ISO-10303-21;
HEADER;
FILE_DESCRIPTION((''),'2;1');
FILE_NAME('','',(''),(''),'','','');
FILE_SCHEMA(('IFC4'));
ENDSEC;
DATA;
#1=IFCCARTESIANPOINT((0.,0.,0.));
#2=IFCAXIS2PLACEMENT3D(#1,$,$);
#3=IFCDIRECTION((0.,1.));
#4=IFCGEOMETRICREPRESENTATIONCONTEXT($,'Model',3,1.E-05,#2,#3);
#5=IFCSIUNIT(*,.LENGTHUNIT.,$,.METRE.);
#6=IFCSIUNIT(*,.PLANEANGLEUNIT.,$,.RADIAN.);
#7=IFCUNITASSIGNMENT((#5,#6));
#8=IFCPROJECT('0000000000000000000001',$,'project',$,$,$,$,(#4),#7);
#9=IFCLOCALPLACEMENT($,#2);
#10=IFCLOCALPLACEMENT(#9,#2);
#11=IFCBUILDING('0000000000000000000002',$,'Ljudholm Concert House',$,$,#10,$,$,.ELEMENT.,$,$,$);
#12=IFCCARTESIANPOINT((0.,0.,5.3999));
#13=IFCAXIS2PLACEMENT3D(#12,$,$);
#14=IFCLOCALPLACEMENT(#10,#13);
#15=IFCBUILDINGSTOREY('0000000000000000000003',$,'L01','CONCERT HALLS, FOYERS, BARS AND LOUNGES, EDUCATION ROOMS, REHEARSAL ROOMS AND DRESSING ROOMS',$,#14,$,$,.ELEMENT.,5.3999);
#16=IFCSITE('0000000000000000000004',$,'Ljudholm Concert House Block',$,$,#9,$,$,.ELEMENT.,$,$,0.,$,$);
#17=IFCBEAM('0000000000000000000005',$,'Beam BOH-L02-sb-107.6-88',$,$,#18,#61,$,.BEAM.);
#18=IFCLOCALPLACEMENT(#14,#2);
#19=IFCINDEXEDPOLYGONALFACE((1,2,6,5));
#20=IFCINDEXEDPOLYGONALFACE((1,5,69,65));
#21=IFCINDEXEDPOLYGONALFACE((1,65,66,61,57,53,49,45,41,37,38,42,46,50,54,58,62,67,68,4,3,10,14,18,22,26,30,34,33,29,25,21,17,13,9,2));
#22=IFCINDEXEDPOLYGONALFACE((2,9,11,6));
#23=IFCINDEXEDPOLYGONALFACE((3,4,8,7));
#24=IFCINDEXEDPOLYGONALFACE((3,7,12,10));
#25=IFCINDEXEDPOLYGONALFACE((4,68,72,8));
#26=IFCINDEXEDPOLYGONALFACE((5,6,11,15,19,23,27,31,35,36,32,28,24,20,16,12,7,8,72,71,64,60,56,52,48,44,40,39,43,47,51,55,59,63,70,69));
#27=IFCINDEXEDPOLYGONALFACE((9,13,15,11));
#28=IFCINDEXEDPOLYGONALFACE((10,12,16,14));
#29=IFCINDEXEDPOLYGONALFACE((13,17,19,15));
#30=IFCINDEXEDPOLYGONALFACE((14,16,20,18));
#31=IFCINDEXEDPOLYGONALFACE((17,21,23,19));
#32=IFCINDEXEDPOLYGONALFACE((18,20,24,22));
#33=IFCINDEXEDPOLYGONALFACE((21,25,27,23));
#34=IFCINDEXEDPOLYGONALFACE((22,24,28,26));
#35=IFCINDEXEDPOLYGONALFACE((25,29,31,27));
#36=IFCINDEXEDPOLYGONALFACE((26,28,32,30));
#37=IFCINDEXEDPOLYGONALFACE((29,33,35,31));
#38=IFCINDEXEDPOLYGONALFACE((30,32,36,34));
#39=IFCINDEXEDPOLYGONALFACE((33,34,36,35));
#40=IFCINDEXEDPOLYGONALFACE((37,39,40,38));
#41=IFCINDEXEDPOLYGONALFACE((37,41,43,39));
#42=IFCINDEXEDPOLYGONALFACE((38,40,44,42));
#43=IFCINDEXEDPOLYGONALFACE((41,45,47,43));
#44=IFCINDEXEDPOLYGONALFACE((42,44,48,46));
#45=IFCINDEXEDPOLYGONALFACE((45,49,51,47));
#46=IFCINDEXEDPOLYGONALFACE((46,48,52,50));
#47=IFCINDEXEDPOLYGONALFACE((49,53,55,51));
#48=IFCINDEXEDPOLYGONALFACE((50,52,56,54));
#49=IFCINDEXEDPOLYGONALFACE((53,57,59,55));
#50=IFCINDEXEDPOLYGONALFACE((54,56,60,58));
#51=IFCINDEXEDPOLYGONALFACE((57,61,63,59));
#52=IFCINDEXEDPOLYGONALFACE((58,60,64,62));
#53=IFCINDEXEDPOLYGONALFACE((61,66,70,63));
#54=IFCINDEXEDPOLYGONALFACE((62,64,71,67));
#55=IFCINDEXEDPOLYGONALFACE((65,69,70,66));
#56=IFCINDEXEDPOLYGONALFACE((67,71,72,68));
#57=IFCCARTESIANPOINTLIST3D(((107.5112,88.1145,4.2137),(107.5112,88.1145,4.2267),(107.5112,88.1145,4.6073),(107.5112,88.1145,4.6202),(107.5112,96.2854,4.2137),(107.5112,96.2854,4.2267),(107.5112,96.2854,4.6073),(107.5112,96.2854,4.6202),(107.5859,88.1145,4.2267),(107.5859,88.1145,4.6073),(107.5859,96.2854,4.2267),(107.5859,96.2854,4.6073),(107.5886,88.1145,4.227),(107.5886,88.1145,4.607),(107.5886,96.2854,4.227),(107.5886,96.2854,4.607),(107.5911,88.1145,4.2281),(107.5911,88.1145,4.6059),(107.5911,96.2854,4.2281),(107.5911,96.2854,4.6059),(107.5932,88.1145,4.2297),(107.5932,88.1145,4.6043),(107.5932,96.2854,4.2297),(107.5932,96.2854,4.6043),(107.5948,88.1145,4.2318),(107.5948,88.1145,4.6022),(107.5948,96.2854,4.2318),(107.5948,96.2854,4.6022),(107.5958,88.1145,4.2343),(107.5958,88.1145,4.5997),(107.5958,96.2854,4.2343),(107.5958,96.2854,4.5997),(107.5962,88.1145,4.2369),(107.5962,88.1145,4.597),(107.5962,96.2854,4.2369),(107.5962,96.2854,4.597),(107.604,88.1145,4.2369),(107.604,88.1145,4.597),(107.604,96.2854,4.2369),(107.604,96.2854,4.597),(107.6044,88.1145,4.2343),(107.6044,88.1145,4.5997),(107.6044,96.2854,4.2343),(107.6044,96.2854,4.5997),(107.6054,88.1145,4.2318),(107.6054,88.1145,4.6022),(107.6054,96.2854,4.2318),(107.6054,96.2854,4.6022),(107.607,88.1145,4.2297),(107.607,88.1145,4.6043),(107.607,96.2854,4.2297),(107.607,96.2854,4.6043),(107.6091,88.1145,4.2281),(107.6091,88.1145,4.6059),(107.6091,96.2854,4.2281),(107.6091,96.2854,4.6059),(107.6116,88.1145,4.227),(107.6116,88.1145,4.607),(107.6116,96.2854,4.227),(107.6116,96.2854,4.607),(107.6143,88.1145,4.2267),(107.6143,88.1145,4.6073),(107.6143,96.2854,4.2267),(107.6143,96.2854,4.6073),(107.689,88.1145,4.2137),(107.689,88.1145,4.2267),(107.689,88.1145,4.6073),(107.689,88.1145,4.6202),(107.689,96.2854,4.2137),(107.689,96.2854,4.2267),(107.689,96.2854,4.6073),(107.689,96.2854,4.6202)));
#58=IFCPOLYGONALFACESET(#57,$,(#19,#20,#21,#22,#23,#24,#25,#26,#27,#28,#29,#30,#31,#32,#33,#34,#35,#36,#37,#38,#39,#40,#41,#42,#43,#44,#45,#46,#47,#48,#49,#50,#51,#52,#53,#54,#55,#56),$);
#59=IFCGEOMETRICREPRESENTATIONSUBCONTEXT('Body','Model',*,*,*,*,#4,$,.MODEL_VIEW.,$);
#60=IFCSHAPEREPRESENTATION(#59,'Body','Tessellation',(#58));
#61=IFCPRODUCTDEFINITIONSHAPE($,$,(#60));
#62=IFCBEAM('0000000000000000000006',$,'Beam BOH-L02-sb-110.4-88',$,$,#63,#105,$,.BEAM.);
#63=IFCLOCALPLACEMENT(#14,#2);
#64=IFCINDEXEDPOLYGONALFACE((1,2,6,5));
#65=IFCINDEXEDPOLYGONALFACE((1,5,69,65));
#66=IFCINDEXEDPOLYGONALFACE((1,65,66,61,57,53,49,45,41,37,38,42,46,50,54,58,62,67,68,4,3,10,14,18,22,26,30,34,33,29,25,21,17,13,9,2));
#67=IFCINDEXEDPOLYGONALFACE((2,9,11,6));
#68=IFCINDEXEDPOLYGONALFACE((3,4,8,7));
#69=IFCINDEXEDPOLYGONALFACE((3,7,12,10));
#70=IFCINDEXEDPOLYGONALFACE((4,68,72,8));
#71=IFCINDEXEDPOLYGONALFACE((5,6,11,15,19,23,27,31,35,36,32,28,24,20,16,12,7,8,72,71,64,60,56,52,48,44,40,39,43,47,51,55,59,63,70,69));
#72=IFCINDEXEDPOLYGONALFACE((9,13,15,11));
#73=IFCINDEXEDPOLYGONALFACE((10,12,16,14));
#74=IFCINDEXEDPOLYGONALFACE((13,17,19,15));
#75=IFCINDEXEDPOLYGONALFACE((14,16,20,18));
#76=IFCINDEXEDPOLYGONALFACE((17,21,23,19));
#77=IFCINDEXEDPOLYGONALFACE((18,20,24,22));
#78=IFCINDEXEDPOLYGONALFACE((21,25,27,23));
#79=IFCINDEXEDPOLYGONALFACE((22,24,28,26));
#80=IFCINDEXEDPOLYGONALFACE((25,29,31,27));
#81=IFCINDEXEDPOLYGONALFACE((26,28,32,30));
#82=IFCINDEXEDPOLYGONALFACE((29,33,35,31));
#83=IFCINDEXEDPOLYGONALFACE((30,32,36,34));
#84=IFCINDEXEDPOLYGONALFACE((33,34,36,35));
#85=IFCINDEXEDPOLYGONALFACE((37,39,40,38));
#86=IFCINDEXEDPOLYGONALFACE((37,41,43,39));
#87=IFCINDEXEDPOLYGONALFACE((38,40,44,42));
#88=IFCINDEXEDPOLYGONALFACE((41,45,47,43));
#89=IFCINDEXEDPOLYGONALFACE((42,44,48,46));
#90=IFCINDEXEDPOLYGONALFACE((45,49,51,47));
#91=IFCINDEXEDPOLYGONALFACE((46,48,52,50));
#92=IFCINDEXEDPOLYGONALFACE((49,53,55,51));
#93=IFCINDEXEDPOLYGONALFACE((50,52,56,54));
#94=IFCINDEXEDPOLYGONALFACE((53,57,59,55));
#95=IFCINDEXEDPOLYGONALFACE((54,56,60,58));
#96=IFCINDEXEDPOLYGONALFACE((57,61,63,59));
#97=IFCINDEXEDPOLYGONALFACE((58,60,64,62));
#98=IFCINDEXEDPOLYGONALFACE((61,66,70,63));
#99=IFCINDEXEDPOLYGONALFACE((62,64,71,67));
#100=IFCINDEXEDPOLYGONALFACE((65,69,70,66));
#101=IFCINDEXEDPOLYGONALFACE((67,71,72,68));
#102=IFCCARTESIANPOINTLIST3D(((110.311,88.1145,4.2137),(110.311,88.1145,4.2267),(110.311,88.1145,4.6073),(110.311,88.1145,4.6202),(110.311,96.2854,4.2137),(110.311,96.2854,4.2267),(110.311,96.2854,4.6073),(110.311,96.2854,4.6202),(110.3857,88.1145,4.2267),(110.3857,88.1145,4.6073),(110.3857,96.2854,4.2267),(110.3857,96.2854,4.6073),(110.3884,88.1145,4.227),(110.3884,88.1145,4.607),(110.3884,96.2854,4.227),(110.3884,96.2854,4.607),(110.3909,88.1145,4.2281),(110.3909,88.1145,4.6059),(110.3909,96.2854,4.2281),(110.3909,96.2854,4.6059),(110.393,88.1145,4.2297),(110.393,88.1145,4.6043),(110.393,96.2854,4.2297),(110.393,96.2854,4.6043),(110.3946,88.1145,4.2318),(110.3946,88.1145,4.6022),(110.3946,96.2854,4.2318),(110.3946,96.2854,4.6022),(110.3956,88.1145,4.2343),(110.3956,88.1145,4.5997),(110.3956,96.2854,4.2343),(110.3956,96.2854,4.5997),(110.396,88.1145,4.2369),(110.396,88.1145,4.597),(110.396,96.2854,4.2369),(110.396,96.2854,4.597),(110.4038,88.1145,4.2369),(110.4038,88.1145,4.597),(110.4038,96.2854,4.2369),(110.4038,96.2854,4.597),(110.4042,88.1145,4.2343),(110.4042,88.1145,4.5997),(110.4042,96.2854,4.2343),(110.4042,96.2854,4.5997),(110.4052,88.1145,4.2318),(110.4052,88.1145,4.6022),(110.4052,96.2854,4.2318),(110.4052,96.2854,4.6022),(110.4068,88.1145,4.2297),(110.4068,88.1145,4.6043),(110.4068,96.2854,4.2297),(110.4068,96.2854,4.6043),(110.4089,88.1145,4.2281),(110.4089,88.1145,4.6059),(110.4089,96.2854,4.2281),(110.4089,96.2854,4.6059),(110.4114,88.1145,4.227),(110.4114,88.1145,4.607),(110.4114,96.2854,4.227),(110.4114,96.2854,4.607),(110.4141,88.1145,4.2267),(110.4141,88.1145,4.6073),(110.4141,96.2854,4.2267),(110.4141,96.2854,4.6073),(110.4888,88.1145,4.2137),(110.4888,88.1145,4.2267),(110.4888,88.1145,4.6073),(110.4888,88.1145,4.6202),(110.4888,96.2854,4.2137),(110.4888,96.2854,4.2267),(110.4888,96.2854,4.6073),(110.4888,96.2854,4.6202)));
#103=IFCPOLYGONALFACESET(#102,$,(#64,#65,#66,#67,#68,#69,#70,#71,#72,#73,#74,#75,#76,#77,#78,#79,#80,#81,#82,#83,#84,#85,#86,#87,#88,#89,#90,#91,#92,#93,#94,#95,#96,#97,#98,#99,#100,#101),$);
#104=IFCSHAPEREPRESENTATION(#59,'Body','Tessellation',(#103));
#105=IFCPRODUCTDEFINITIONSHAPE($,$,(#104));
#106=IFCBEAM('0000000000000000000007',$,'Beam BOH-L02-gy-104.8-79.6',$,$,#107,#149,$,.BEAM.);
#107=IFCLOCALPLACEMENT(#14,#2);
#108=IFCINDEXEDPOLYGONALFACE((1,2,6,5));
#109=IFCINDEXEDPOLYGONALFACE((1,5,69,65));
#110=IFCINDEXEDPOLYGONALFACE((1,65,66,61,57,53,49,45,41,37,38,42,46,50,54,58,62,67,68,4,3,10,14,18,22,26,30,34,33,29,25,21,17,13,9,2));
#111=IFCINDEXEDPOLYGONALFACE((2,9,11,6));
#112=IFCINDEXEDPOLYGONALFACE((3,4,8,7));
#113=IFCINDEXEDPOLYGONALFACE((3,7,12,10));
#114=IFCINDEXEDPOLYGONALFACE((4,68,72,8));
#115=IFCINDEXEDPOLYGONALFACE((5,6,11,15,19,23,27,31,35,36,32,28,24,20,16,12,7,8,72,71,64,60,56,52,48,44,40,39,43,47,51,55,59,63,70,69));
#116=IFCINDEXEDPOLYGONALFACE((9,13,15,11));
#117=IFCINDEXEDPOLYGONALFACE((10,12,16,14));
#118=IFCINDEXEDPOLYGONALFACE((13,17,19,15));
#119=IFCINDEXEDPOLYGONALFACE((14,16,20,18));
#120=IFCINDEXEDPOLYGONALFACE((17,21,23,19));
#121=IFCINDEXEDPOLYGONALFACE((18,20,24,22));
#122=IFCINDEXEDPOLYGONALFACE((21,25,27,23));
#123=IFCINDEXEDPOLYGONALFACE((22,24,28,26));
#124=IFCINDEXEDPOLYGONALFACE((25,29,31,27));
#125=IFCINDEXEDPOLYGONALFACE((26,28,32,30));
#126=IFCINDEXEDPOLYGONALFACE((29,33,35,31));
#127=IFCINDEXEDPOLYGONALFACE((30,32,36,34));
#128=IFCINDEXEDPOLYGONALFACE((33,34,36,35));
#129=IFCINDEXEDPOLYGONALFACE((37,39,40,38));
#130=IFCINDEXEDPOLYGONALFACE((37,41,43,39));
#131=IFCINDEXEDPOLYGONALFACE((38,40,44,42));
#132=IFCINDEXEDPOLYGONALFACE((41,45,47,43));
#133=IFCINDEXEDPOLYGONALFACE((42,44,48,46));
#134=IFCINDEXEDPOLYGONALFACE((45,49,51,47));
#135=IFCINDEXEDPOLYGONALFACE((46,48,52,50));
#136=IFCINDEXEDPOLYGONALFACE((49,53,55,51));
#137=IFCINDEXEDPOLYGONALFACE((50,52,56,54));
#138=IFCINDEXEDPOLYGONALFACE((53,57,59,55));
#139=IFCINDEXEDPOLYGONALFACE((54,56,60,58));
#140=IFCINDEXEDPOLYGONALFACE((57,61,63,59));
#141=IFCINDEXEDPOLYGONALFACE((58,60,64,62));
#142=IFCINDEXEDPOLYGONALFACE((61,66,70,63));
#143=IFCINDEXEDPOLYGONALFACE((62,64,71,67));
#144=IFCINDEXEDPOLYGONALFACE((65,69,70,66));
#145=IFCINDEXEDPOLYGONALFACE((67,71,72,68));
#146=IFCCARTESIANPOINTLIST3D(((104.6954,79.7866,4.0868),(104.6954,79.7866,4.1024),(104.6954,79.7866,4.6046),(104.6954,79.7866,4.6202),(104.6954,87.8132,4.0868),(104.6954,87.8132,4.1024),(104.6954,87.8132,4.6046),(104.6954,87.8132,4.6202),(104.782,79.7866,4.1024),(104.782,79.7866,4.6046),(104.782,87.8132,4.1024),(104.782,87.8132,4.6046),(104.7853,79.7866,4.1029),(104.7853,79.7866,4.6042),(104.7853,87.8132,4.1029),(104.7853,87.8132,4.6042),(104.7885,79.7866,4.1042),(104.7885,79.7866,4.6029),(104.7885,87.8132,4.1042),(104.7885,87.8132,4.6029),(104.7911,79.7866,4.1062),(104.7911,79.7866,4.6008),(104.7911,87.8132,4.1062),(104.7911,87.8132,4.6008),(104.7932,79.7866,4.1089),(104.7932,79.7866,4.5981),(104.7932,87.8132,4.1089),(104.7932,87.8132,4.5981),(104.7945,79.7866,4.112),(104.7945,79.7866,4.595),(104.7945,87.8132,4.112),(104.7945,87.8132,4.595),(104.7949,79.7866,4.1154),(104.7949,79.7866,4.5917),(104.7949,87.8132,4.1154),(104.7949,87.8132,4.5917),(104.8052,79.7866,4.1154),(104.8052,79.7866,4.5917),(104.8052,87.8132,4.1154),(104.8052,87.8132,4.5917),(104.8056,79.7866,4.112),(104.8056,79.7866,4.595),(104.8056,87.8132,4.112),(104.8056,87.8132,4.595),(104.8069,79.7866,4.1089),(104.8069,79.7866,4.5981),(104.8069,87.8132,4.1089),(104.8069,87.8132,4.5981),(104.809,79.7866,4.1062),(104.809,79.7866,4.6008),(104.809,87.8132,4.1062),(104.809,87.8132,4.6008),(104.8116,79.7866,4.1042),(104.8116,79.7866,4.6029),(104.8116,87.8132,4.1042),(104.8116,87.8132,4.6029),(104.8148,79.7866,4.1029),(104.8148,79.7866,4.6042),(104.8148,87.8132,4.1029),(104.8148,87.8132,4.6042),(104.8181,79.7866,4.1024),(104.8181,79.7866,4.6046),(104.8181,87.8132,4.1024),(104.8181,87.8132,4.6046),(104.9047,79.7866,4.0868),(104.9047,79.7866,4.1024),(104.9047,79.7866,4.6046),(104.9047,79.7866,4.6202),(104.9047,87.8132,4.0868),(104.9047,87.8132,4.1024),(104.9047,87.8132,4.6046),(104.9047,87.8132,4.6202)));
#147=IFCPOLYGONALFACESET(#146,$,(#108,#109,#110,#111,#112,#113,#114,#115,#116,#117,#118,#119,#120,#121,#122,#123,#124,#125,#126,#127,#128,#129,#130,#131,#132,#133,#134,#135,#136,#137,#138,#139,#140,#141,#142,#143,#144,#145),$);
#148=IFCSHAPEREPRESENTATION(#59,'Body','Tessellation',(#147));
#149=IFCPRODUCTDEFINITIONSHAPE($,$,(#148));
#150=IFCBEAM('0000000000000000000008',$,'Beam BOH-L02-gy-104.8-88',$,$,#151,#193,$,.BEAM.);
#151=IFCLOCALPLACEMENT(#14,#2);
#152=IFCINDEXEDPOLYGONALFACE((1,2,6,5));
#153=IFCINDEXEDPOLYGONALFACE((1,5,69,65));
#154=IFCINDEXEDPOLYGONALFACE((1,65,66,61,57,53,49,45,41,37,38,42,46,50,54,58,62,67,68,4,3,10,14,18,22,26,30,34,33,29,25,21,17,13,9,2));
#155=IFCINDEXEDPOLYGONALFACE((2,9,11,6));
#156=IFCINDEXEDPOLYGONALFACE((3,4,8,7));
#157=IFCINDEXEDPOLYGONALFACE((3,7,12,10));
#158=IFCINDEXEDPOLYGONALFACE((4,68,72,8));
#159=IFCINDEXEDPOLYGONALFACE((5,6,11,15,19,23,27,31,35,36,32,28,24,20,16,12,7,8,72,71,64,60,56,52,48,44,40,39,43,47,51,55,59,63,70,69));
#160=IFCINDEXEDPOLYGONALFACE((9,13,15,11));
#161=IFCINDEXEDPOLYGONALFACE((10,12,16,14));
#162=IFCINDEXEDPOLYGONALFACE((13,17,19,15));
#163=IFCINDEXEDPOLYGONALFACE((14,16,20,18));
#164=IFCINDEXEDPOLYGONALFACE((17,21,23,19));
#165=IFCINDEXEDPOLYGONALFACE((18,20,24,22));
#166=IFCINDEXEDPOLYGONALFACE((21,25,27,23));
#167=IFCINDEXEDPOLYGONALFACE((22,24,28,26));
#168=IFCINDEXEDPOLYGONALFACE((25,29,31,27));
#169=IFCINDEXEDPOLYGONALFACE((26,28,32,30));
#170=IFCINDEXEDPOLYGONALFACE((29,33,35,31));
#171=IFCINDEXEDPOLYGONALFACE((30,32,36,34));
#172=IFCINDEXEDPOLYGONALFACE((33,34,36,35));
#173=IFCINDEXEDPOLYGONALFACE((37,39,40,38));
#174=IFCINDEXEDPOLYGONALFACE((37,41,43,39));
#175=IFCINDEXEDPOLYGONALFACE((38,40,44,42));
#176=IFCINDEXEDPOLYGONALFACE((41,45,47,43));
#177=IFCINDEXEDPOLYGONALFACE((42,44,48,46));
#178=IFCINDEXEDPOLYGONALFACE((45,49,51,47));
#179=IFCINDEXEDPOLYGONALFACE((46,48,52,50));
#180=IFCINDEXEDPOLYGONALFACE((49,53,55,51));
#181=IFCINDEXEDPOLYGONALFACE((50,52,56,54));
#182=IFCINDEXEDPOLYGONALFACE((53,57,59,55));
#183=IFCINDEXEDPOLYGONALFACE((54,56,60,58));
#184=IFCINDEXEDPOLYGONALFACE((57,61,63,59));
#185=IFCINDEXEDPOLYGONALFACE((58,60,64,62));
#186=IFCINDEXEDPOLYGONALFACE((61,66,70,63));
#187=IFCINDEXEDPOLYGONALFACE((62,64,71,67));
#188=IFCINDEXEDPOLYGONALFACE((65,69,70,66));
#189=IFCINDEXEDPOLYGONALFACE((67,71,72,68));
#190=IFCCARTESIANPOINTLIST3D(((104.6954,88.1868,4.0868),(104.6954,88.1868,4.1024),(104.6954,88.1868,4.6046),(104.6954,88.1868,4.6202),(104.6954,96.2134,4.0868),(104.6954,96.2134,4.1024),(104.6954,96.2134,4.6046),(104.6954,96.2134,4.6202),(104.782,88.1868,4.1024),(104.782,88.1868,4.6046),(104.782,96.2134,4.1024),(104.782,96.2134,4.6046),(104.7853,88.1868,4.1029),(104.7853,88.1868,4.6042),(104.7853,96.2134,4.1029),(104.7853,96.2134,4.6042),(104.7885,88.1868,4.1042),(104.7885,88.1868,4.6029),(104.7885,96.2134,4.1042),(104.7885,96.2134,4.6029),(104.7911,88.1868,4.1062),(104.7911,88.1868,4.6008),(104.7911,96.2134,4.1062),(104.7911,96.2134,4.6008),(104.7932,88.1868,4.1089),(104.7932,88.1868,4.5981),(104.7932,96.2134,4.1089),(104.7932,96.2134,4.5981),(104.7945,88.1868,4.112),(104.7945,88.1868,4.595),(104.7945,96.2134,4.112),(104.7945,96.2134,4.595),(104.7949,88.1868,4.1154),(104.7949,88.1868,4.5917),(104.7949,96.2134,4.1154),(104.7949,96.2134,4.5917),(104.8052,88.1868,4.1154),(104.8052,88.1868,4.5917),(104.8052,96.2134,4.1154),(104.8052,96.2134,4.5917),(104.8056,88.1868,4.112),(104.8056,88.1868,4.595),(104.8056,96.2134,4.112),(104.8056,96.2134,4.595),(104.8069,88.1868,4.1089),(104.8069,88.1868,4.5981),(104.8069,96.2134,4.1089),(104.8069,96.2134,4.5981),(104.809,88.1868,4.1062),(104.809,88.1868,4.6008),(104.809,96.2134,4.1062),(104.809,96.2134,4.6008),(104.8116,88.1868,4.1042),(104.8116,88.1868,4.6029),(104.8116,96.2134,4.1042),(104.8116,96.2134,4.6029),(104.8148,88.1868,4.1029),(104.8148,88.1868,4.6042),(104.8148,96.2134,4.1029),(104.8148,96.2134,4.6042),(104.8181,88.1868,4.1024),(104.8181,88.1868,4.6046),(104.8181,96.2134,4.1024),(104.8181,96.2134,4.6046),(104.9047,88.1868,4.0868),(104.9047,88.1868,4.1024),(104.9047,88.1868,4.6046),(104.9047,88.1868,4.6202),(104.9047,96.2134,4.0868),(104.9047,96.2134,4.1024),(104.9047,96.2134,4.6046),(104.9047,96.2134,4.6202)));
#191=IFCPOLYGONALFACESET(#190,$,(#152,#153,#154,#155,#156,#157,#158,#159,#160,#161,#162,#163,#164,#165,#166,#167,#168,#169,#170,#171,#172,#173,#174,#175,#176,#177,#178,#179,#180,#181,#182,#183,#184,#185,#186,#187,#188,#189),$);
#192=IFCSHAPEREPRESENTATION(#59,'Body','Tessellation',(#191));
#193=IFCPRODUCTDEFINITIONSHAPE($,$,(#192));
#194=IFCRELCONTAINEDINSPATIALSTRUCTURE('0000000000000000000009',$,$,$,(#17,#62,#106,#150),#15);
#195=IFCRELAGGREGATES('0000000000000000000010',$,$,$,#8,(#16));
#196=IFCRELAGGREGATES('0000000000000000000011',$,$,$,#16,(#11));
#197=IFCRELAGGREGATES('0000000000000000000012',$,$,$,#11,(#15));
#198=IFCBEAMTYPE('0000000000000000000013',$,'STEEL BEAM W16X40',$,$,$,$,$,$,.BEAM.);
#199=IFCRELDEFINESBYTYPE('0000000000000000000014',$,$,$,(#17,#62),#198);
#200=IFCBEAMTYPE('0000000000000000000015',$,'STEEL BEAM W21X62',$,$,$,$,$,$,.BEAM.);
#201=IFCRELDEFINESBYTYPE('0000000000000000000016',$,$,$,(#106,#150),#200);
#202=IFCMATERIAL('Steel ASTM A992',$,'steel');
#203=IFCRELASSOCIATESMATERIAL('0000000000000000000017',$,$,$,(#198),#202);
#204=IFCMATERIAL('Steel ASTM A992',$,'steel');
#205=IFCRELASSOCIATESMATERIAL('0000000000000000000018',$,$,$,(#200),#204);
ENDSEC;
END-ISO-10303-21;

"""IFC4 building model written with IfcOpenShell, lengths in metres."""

from ifc_helpers import new_model, si_unit, direction, frame, origin, origin_2d, place, context, subcontext, project, spatial, i_section, extrude, material, material_profile, profile_set, type_object, element, save


model = new_model("IFC4")

# Units and contexts
model_context = context("Model", 3, precision=1e-05, world=origin(), true_north=direction((0.0, 1.0)))
body_context = subcontext(model_context, "Body", "Model", "MODEL_VIEW")
ifc_project = project(units=[si_unit("LENGTHUNIT", "METRE"), si_unit("PLANEANGLEUNIT", "RADIAN")], contexts=[model_context])

# Site, building, storey
site_placement = place(None, origin())
site = spatial("IfcSite", under=ifc_project, at=site_placement, Name="Ljudholm Concert House Block", CompositionType="ELEMENT", RefElevation=0.0)
building_placement = place(site_placement, origin())
building = spatial("IfcBuilding", under=site, at=building_placement, Name="Ljudholm Concert House", CompositionType="ELEMENT")
storey_placement = place(building_placement, frame((0.0, 0.0, 5.3999)))
storey = spatial("IfcBuildingStorey", under=building, at=storey_placement, Name="L01", Description="CONCERT HALLS, FOYERS, BARS AND LOUNGES, EDUCATION ROOMS, REHEARSAL ROOMS AND DRESSING ROOMS", CompositionType="ELEMENT", Elevation=5.3999)

# Beams
ifc_material_1 = material(Name="Steel ASTM A992", Category="steel")
ifc_material_profile_1 = material_profile(ifc_material_1, i_section(OverallWidth=0.1777, OverallDepth=0.4065, WebThickness=0.0078, FlangeThickness=0.0129, FilletRadius=0.0103, at=origin_2d()), Name="W16X40")
ifc_profile_set_1 = profile_set([ifc_material_profile_1], Name="Steel ASTM A992")
beam_type_1 = type_object("IfcBeamType", Name="STEEL BEAM W16X40", PredefinedType="BEAM", material=ifc_profile_set_1)
for number, where, z_axis, x_axis, name in (
    (1, (107.6001, 88.1145, 4.417), (0.0, 1.0, 0.0), (-1.0, 0.0, 0.0), "Beam BOH-L02-sb-107.6-88"),
    (2, (110.3999, 88.1145, 4.417), (0.0, 1.0, 0.0), (-1.0, 0.0, 0.0), "Beam BOH-L02-sb-110.4-88"),
):
    element("IfcBeam", number, at=place(storey_placement, frame(where, z_axis=z_axis, x_axis=x_axis)), inside=storey, type_object=beam_type_1, Name=name, PredefinedType="BEAM", context=body_context, shape_type="SweptSolid", body=[
        extrude(i_section(OverallWidth=0.1777, OverallDepth=0.4065, WebThickness=0.0078, FlangeThickness=0.0129, FilletRadius=0.0103, at=origin_2d()), origin(), (0.0, 0.0, 1.0), 8.1709),
    ])
ifc_material_2 = material(Name="Steel ASTM A992", Category="steel")
ifc_material_profile_2 = material_profile(ifc_material_2, i_section(OverallWidth=0.2092, OverallDepth=0.5334, WebThickness=0.0103, FlangeThickness=0.0156, FilletRadius=0.0129, at=origin_2d()), Name="W21X62")
ifc_profile_set_2 = profile_set([ifc_material_profile_2], Name="Steel ASTM A992")
beam_type_2 = type_object("IfcBeamType", Name="STEEL BEAM W21X62", PredefinedType="BEAM", material=ifc_profile_set_2)
for number, where, z_axis, x_axis, name in (
    (3, (104.8, 79.7866, 4.3535), (0.0, 1.0, 0.0), (-1.0, 0.0, 0.0), "Beam BOH-L02-gy-104.8-79.6"),
    (4, (104.8, 88.1868, 4.3535), (0.0, 1.0, 0.0), (-1.0, 0.0, 0.0), "Beam BOH-L02-gy-104.8-88"),
):
    element("IfcBeam", number, at=place(storey_placement, frame(where, z_axis=z_axis, x_axis=x_axis)), inside=storey, type_object=beam_type_2, Name=name, PredefinedType="BEAM", context=body_context, shape_type="SweptSolid", body=[
        extrude(i_section(OverallWidth=0.2092, OverallDepth=0.5334, WebThickness=0.0103, FlangeThickness=0.0156, FilletRadius=0.0129, at=origin_2d()), origin(), (0.0, 0.0, 1.0), 8.0266),
    ])

save(model, "model.ifc")
